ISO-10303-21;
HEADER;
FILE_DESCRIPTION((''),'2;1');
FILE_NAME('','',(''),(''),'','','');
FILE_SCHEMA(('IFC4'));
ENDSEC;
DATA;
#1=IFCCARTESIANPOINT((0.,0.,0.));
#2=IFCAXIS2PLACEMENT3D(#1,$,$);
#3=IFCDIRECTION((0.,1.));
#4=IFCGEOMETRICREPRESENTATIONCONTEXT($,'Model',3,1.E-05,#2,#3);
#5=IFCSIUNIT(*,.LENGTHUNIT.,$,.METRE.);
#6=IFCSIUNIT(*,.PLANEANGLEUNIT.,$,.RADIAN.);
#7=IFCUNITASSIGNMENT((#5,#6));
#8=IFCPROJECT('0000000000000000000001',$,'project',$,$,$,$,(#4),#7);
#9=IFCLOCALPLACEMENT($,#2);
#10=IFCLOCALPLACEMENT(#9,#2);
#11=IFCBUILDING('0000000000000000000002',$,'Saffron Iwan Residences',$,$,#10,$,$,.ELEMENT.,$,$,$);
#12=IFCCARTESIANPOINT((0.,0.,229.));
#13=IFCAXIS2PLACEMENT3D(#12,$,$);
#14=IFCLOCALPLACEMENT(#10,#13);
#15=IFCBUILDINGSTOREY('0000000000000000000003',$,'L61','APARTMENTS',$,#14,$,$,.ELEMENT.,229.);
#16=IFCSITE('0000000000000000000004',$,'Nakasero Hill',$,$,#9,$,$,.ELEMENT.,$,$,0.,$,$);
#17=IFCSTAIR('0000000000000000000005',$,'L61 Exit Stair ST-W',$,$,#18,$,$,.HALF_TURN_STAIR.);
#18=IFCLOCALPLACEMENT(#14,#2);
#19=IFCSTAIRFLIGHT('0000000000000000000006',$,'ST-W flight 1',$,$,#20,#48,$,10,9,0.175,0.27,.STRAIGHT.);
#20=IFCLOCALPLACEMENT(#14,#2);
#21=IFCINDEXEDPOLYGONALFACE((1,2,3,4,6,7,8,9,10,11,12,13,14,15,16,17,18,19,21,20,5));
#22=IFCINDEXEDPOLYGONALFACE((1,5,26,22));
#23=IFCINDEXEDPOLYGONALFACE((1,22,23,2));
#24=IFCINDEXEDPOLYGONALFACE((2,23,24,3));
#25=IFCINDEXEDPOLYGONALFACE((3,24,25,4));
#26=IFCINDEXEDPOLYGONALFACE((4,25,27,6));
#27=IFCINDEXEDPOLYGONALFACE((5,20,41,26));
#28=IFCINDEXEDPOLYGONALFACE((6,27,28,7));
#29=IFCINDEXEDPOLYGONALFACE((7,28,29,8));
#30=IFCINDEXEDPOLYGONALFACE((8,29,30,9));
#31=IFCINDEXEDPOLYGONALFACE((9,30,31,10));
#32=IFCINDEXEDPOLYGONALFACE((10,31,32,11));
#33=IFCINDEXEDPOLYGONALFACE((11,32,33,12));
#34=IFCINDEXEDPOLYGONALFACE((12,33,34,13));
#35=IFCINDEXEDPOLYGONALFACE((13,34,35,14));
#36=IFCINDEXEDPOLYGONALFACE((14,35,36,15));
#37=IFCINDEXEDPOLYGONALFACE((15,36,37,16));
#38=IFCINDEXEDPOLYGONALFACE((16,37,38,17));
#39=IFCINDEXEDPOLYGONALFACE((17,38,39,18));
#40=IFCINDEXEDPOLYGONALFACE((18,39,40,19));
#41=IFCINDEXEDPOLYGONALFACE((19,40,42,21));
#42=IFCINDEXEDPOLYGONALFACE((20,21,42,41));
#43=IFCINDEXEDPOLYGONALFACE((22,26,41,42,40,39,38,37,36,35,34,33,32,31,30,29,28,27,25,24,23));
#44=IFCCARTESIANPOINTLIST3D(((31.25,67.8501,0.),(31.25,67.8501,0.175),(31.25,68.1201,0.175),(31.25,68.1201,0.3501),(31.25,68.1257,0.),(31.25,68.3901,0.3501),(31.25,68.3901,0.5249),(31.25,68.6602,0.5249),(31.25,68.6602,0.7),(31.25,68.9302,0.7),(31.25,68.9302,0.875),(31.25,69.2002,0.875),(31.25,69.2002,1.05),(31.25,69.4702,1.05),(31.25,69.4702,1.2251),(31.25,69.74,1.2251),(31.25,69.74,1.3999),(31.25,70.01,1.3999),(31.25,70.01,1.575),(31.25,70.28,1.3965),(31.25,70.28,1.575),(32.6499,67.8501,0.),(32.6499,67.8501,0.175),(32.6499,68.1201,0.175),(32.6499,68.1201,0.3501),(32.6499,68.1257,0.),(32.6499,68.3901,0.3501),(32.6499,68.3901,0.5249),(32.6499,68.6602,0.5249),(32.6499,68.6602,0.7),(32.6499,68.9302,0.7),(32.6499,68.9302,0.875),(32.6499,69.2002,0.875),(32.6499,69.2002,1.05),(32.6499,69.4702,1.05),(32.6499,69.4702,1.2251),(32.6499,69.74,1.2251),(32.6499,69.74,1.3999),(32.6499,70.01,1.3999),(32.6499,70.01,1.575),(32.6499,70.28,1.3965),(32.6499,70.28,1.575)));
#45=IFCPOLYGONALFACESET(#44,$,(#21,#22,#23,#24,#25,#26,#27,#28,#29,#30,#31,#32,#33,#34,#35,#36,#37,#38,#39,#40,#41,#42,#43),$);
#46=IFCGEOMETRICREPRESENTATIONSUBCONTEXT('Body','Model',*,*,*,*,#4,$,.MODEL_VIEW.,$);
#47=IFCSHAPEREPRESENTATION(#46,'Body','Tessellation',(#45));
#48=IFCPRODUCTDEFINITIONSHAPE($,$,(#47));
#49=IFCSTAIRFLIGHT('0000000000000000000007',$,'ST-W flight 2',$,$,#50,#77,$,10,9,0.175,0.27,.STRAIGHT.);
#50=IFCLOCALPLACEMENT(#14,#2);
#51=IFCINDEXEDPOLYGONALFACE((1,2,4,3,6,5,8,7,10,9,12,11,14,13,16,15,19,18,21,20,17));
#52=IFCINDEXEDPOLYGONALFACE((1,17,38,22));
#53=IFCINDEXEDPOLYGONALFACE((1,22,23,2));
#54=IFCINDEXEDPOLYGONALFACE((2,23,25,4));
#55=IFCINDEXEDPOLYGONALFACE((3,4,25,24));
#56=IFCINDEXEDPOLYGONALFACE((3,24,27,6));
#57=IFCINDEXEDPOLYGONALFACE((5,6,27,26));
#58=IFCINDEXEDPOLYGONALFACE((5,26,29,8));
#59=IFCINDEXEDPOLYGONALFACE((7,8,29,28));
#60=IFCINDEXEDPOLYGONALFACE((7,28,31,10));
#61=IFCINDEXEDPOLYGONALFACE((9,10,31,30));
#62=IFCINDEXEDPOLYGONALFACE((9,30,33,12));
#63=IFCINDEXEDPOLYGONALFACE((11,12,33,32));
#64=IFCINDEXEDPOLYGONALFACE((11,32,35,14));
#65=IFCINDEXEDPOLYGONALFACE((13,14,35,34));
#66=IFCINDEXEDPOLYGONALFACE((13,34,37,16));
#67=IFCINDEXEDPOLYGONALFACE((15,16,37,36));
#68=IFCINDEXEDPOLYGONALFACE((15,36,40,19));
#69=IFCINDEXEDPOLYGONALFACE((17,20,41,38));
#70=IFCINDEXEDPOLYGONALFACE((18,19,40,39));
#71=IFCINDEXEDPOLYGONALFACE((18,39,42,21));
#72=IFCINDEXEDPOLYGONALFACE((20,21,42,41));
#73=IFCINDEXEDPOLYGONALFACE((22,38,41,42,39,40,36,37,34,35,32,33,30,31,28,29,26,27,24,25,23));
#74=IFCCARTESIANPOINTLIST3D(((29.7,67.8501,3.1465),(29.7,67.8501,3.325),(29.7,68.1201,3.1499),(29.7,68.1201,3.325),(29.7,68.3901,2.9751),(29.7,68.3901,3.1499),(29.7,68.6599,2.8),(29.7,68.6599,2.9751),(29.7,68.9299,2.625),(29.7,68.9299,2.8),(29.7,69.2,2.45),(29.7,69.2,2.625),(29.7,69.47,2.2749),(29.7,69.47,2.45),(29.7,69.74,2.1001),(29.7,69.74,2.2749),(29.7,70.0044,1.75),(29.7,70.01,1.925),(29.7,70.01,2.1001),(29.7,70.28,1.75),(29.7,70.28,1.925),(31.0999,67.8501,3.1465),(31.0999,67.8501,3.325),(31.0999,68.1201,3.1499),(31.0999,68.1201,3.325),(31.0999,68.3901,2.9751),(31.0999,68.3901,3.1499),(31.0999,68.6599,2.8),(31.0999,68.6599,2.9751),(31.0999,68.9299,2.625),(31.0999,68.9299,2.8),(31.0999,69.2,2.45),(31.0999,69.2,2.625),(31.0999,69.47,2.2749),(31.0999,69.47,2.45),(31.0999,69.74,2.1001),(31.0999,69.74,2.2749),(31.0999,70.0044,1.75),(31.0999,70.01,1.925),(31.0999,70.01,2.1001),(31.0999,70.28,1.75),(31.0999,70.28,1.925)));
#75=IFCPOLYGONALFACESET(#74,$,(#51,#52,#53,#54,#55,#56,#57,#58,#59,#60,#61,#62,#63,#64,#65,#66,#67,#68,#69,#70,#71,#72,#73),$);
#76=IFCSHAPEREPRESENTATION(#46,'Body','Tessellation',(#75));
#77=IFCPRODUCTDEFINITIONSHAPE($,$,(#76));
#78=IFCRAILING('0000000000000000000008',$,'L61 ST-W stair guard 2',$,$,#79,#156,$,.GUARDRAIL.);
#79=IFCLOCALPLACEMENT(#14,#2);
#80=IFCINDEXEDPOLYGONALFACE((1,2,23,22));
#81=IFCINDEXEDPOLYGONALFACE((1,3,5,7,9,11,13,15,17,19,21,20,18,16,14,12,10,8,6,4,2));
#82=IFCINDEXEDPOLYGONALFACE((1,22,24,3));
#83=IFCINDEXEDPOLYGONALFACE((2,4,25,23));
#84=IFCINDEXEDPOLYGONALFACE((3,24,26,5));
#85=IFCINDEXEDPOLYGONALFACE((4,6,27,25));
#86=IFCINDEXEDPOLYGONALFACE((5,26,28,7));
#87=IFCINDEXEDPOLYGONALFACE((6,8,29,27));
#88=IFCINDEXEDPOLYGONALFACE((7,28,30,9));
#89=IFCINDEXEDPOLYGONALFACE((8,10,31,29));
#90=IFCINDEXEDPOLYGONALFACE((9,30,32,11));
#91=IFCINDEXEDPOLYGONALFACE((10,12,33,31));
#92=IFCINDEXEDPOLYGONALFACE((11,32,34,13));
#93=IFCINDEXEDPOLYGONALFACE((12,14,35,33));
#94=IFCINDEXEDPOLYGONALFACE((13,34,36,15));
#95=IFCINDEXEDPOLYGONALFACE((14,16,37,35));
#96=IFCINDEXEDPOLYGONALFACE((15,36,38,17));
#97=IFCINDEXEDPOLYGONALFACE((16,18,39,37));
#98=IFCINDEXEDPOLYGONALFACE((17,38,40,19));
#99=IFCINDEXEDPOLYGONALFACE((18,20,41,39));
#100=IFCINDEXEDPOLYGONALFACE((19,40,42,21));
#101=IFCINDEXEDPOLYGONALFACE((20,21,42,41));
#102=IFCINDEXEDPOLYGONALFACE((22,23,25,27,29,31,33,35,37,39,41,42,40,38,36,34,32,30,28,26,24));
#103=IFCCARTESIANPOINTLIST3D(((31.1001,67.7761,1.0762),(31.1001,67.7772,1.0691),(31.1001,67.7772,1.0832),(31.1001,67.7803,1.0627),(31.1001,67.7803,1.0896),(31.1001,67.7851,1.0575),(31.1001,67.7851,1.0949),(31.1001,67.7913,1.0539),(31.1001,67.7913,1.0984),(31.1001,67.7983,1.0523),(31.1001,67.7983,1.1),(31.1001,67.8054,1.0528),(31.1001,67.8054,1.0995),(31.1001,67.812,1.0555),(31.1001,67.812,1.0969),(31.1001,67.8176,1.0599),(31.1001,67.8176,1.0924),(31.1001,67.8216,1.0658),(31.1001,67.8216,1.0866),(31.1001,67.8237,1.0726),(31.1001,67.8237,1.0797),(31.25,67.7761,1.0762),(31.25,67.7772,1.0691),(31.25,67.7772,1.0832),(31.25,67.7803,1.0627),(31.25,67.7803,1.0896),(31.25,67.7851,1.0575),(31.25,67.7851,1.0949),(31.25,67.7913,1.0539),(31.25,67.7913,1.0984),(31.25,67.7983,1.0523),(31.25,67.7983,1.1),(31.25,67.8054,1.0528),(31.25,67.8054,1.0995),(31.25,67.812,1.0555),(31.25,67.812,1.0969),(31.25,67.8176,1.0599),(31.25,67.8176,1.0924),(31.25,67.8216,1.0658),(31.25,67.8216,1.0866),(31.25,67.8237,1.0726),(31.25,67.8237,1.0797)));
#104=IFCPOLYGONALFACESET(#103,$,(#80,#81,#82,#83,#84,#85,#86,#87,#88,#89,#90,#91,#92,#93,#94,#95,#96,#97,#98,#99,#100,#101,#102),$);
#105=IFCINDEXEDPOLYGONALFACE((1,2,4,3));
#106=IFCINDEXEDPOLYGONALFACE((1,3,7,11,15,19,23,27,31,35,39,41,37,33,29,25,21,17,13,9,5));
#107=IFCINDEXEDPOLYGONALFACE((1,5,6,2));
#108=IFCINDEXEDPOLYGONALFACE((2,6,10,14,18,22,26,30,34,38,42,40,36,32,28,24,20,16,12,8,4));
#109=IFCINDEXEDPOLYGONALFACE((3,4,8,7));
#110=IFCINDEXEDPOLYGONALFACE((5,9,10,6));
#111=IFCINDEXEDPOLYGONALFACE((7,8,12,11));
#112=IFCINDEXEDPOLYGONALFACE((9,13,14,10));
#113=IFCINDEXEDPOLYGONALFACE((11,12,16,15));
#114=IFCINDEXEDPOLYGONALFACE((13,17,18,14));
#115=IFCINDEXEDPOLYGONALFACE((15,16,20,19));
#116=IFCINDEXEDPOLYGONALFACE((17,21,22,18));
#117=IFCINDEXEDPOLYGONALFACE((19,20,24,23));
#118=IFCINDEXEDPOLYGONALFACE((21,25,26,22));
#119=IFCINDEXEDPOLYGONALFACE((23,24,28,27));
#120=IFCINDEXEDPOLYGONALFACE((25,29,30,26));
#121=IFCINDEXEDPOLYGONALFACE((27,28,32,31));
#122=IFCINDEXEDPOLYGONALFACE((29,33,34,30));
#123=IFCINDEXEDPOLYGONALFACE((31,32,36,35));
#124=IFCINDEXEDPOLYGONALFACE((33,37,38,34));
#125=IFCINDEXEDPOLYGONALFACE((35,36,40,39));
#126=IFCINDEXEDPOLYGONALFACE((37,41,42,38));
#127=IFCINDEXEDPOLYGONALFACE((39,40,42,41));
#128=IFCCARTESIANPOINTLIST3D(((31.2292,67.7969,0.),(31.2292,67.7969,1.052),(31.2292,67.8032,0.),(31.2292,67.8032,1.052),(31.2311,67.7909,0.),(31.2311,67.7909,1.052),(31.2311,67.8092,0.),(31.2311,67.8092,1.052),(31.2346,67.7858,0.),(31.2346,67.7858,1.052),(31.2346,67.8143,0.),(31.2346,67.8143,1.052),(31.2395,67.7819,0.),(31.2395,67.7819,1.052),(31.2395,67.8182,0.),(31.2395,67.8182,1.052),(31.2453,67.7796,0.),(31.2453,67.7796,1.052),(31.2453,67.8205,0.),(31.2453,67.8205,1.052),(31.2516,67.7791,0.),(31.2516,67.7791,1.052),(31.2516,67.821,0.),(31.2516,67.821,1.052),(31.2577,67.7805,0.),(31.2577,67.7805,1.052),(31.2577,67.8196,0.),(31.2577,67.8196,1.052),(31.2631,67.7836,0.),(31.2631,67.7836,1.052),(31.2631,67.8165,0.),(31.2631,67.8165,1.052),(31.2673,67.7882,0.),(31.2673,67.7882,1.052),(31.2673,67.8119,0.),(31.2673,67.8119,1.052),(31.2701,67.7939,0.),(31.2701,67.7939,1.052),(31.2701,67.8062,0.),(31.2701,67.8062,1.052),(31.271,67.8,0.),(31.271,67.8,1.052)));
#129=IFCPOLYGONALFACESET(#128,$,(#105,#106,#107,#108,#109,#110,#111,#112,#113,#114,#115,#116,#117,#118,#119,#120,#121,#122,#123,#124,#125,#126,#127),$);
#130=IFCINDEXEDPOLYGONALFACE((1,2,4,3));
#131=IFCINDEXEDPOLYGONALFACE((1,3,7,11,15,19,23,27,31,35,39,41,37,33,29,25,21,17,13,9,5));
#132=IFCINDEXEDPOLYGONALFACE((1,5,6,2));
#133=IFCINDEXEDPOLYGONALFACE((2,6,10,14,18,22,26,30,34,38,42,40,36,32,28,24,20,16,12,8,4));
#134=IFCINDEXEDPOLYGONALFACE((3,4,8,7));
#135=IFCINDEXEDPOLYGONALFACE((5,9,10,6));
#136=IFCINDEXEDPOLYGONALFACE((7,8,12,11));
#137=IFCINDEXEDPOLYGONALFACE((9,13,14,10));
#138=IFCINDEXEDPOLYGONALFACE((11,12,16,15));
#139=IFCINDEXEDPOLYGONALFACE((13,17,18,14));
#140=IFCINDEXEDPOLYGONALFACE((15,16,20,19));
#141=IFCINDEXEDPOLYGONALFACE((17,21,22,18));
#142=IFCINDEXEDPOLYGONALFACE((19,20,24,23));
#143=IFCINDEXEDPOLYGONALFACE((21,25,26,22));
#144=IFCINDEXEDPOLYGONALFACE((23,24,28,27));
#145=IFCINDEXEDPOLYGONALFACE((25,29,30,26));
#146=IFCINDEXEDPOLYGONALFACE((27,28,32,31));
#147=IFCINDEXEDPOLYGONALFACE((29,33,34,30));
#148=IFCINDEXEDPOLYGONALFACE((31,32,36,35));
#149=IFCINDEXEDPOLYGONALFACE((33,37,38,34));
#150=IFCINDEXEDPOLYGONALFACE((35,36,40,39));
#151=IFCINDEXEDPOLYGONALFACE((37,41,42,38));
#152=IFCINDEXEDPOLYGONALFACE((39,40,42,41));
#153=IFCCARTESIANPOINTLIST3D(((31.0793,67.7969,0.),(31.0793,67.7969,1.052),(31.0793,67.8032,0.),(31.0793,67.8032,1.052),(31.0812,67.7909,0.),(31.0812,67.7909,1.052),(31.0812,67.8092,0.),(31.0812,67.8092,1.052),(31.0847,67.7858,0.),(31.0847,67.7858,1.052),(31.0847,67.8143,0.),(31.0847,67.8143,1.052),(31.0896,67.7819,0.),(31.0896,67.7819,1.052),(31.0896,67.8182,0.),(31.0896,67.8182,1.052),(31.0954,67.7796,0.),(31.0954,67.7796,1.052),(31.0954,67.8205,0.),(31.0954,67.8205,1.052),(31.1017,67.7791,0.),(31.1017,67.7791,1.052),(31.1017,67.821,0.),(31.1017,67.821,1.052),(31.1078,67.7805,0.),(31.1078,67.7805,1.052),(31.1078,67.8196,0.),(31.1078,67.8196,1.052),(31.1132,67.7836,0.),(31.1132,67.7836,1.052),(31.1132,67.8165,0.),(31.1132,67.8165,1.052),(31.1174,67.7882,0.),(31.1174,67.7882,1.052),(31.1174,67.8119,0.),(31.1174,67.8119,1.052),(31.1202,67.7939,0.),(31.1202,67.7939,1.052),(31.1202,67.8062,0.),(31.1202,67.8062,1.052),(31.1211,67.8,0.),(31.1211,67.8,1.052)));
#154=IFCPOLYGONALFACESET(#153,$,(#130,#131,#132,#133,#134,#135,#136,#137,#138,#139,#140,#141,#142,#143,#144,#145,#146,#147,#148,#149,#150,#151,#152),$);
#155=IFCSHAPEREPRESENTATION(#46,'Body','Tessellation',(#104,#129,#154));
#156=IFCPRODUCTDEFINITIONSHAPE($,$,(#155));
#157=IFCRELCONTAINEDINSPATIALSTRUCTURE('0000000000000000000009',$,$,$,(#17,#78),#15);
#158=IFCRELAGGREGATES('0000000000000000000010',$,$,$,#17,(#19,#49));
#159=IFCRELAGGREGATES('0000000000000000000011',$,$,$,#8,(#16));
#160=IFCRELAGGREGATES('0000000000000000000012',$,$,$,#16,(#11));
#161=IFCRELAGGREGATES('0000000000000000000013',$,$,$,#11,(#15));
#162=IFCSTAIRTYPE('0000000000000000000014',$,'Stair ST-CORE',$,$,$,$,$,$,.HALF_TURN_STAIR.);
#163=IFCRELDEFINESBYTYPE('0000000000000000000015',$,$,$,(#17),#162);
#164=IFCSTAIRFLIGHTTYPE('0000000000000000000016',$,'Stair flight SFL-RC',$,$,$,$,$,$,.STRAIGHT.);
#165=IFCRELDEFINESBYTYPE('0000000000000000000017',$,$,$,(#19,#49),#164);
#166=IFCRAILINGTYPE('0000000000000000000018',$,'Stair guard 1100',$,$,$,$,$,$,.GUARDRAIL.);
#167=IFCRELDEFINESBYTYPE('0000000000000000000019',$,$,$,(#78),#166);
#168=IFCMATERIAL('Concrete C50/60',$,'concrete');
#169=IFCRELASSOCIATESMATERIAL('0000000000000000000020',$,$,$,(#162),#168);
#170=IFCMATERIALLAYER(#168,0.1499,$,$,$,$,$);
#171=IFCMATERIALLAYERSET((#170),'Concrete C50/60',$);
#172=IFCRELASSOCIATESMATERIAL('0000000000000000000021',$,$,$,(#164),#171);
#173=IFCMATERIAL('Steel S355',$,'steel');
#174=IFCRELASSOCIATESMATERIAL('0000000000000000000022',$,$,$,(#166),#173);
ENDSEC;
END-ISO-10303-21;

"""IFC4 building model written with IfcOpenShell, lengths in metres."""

from ifc_helpers import new_model, si_unit, direction, frame, origin, origin_2d, place, context, subcontext, project, spatial, polyline, circle, outline, extrude, material, layer, layer_set, type_object, element, aggregate, save


model = new_model("IFC4")

# Units and contexts
model_context = context("Model", 3, precision=1e-05, world=origin(), true_north=direction((0.0, 1.0)))
body_context = subcontext(model_context, "Body", "Model", "MODEL_VIEW")
ifc_project = project(units=[si_unit("LENGTHUNIT", "METRE"), si_unit("PLANEANGLEUNIT", "RADIAN")], contexts=[model_context])

# Site, building, storey
site_placement = place(None, origin())
site = spatial("IfcSite", under=ifc_project, at=site_placement, Name="Nakasero Hill", CompositionType="ELEMENT", RefElevation=0.0)
building_placement = place(site_placement, origin())
building = spatial("IfcBuilding", under=site, at=building_placement, Name="Saffron Iwan Residences", CompositionType="ELEMENT")
storey_placement = place(building_placement, frame((0.0, 0.0, 229.0)))
storey = spatial("IfcBuildingStorey", under=building, at=storey_placement, Name="L61", Description="APARTMENTS", CompositionType="ELEMENT", Elevation=229.0)

# Stair, stair flights
ifc_material_1 = material(Name="Concrete C50/60", Category="concrete")
stair_type = type_object("IfcStairType", Name="Stair ST-CORE", PredefinedType="HALF_TURN_STAIR", material=ifc_material_1)
stair_placement = place(storey_placement, origin())
stair = element("IfcStair", 1, at=stair_placement, inside=storey, type_object=stair_type, Name="L61 Exit Stair ST-W", PredefinedType="HALF_TURN_STAIR")
ifc_layer = layer(ifc_material_1, 0.1499)
ifc_layer_set = layer_set([ifc_layer], Name="Concrete C50/60")
stair_flight_type = type_object("IfcStairFlightType", Name="Stair flight SFL-RC", PredefinedType="STRAIGHT", material=ifc_layer_set)
stair_flight_1_placement = place(storey_placement, frame((31.95, 67.8501, 0.0), z_axis=(0.0, 0.0, 1.0), x_axis=(0.0, 1.0, 0.0)))
stair_flight_1 = element("IfcStairFlight", 2, at=stair_flight_1_placement, type_object=stair_flight_type, Name="ST-W flight 1", NumberOfRisers=10, NumberOfTreads=9, PredefinedType="STRAIGHT", RiserHeight=0.175, TreadLength=0.27, context=body_context, shape_type="SweptSolid", body=[
    extrude(outline(polyline([(0.0, 0.0), (0.0, 0.175), (0.27, 0.175), (0.27, 0.3501), (0.54, 0.3501), (0.54, 0.5249), (0.8101, 0.5249), (0.8101, 0.7), (1.0801, 0.7), (1.0801, 0.875), (1.3501, 0.875), (1.3501, 1.05), (1.6201, 1.05), (1.6201, 1.2251), (1.8899, 1.2251), (1.8899, 1.3999), (2.1599, 1.3999), (2.1599, 1.575), (2.4299, 1.575), (2.4299, 1.75), (2.4299, 1.3965), (0.2756, 0.0), (0.0, 0.0)])), frame((0.0, 0.7, 0.0), z_axis=(0.0, -1.0, 0.0), x_axis=(1.0, 0.0, 0.0)), (0.0, 0.0, 1.0), 1.3999),
])
stair_flight_2_placement = place(storey_placement, frame((30.3999, 70.28, 1.75), z_axis=(0.0, 0.0, 1.0), x_axis=(0.0, -1.0, 0.0)))
stair_flight_2 = element("IfcStairFlight", 3, at=stair_flight_2_placement, type_object=stair_flight_type, Name="ST-W flight 2", NumberOfRisers=10, NumberOfTreads=9, PredefinedType="STRAIGHT", RiserHeight=0.175, TreadLength=0.27, context=body_context, shape_type="SweptSolid", body=[
    extrude(outline(polyline([(0.0, 0.0), (0.0, 0.175), (0.27, 0.175), (0.27, 0.3501), (0.54, 0.3501), (0.54, 0.5249), (0.8101, 0.5249), (0.8101, 0.7), (1.0801, 0.7), (1.0801, 0.875), (1.3501, 0.875), (1.3501, 1.05), (1.6201, 1.05), (1.6201, 1.2251), (1.8899, 1.2251), (1.8899, 1.3999), (2.1599, 1.3999), (2.1599, 1.575), (2.4299, 1.575), (2.4299, 1.75), (2.4299, 1.3965), (0.2756, 0.0), (0.0, 0.0)])), frame((0.0, 0.7, 0.0), z_axis=(0.0, -1.0, 0.0), x_axis=(1.0, 0.0, 0.0)), (0.0, 0.0, 1.0), 1.3999),
])
aggregate(stair, [stair_flight_1, stair_flight_2])

# Railing
ifc_material_2 = material(Name="Steel S355", Category="steel")
railing_type_1 = type_object("IfcRailingType", Name="Stair guard 1100", PredefinedType="GUARDRAIL", material=ifc_material_2)
railing_1_placement = place(storey_placement, frame((31.25, 67.8, 0.0)))
element("IfcRailing", 4, at=railing_1_placement, inside=storey, type_object=railing_type_1, Name="L61 ST-W stair guard 2", PredefinedType="GUARDRAIL", context=body_context, shape_type="SweptSolid", body=[
    extrude(circle(Radius=0.0239, at=origin_2d()), frame((0.0, 0.0, 1.0762), z_axis=(-1.0, 0.0, 0.0), x_axis=(0.0, -1.0, 0.0)), (0.0, 0.0, 1.0), 0.1499),
    extrude(circle(Radius=0.021, at=origin_2d()), origin(), (0.0, 0.0, 1.0), 1.052),
    extrude(circle(Radius=0.021, at=origin_2d()), frame((-0.1499, 0.0, 0.0)), (0.0, 0.0, 1.0), 1.052),
])

save(model, "model.ifc")
